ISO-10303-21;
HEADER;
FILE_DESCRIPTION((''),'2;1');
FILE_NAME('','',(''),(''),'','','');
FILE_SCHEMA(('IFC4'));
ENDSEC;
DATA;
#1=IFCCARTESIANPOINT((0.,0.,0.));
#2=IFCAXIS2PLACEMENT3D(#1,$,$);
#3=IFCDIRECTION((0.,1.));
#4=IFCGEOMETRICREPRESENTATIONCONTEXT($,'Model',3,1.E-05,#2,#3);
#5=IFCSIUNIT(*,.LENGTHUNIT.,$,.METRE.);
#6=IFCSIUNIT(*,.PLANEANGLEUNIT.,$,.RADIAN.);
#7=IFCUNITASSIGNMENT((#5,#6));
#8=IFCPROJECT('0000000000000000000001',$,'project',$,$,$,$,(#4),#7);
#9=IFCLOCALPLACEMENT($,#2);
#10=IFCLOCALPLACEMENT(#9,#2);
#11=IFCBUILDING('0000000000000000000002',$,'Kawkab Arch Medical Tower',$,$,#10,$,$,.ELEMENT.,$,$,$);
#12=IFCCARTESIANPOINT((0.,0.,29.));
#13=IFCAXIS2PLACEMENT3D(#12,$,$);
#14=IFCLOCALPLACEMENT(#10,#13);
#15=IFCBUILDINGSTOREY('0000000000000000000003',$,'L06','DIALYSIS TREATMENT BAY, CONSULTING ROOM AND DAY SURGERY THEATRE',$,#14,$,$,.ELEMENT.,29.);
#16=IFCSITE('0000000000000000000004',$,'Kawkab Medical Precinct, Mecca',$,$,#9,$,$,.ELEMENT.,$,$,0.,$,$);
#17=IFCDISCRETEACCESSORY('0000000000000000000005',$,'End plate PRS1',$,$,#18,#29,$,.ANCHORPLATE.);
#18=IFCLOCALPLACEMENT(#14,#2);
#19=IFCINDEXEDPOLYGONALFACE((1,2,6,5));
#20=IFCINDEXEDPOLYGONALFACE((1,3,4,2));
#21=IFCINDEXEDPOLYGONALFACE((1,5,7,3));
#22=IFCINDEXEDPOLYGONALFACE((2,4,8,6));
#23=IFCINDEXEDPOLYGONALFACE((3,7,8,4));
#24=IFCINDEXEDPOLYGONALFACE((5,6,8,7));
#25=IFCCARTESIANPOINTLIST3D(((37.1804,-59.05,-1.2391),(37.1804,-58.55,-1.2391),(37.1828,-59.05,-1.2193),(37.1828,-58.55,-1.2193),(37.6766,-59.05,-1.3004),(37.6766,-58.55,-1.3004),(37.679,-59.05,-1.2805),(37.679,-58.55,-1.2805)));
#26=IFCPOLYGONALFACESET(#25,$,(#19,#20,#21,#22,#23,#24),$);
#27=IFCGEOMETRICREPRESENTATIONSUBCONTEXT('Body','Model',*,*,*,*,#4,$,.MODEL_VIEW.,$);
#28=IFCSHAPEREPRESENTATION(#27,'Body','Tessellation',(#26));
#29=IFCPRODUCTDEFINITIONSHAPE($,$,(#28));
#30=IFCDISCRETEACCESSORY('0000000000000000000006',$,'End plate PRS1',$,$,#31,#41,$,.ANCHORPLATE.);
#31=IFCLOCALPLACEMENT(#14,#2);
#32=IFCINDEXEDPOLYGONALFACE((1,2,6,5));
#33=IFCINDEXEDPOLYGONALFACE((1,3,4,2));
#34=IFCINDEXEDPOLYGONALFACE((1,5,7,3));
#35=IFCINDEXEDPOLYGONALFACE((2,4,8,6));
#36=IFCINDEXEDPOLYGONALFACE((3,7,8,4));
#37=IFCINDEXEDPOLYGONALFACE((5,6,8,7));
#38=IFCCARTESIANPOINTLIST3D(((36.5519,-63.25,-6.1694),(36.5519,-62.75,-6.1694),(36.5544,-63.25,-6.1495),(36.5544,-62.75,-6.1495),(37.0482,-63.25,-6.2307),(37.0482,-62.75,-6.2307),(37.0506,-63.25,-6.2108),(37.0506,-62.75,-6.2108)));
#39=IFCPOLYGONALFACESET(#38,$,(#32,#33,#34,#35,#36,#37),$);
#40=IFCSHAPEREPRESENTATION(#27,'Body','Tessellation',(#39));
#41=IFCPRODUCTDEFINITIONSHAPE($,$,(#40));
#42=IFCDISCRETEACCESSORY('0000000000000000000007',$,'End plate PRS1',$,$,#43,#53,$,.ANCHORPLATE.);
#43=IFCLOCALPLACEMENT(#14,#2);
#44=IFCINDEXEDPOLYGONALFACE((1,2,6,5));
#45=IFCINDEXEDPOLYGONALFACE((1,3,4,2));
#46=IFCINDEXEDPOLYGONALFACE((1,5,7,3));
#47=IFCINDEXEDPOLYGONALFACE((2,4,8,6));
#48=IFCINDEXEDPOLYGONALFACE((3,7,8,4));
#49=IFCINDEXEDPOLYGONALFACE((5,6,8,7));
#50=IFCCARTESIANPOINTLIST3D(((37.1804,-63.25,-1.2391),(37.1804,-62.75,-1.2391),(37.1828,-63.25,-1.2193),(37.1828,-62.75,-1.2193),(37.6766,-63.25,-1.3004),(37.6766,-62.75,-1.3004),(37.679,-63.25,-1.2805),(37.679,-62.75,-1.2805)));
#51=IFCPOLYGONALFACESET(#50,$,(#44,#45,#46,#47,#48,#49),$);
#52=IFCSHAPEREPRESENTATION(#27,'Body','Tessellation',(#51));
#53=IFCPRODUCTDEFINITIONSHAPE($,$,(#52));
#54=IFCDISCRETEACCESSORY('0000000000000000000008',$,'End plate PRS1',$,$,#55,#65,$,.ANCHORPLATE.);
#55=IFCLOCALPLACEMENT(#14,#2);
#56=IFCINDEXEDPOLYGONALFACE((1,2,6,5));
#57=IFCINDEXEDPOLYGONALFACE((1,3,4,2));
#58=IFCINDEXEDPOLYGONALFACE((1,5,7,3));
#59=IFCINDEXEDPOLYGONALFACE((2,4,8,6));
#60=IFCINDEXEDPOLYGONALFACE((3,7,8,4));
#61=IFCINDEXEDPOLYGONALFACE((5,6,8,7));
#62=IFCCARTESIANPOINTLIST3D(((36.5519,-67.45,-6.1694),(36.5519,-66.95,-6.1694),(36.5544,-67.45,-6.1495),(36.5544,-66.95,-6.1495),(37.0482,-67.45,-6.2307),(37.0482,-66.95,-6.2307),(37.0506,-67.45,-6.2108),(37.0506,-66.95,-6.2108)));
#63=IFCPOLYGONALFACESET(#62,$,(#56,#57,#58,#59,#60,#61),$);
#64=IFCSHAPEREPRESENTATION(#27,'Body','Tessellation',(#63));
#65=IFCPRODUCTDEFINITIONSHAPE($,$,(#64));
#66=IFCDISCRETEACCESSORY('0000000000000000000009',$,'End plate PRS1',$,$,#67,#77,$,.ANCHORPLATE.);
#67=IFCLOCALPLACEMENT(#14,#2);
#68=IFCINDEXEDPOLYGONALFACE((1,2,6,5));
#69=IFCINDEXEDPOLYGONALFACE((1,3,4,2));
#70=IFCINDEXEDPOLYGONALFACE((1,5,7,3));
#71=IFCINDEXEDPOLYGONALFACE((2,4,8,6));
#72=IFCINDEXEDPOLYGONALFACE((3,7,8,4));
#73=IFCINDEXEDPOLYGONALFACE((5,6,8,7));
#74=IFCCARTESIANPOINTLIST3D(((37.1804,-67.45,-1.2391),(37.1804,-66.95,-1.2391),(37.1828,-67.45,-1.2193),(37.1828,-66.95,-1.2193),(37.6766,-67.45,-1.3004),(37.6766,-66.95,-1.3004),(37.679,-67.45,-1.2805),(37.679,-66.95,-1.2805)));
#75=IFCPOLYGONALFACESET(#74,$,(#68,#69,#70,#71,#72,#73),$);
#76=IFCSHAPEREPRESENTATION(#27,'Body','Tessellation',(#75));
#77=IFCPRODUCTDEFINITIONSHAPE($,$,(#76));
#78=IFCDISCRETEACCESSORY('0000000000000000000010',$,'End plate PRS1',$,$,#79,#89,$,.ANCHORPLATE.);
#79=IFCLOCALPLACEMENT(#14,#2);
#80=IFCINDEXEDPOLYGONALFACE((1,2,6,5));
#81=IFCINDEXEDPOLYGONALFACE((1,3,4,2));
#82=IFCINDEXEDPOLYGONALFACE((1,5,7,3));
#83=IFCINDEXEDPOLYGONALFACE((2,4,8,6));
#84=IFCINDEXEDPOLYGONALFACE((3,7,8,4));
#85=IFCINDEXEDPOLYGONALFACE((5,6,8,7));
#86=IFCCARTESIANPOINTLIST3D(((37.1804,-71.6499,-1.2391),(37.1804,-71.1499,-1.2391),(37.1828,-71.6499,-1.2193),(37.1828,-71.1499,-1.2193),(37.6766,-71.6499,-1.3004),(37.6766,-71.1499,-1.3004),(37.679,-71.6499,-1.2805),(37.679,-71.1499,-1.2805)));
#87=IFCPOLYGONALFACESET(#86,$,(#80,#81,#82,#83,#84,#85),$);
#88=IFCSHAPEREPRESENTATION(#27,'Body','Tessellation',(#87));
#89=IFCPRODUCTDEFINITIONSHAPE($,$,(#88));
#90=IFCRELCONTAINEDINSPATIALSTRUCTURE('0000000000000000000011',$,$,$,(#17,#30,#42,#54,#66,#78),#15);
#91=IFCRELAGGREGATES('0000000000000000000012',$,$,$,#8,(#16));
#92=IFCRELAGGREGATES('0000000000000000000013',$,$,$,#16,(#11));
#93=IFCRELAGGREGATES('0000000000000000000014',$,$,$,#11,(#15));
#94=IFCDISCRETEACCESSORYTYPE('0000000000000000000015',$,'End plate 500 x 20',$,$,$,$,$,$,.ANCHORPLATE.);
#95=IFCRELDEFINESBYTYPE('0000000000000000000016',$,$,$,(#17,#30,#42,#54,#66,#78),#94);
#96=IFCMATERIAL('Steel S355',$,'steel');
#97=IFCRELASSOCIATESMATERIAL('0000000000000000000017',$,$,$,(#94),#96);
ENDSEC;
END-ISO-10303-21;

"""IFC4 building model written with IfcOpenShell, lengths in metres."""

from ifc_helpers import new_model, si_unit, direction, frame, origin, origin_2d, place, context, subcontext, project, spatial, rectangle, extrude, material, material_profile, profile_set, type_object, element, save


model = new_model("IFC4")

# Units and contexts
model_context = context("Model", 3, precision=1e-05, world=origin(), true_north=direction((0.0, 1.0)))
body_context = subcontext(model_context, "Body", "Model", "MODEL_VIEW")
ifc_project = project(units=[si_unit("LENGTHUNIT", "METRE"), si_unit("PLANEANGLEUNIT", "RADIAN")], contexts=[model_context])

# Site, building, storey
site_placement = place(None, origin())
site = spatial("IfcSite", under=ifc_project, at=site_placement, Name="Kawkab Medical Precinct, Mecca", CompositionType="ELEMENT", RefElevation=0.0)
building_placement = place(site_placement, origin())
building = spatial("IfcBuilding", under=site, at=building_placement, Name="Kawkab Arch Medical Tower", CompositionType="ELEMENT")
storey_placement = place(building_placement, frame((0.0, 0.0, 29.0)))
storey = spatial("IfcBuildingStorey", under=building, at=storey_placement, Name="L06", Description="DIALYSIS TREATMENT BAY, CONSULTING ROOM AND DAY SURGERY THEATRE", CompositionType="ELEMENT", Elevation=29.0)

# Discrete accessories
ifc_material_1 = material(Name="Steel S355", Category="steel")
ifc_material_profile_1 = material_profile(ifc_material_1, rectangle(XDim=0.5, YDim=0.5, at=origin_2d()), Name="End plate 500 x 20")
ifc_profile_set_1 = profile_set([ifc_material_profile_1], Name="Steel S355")
discrete_accessory_type = type_object("IfcDiscreteAccessoryType", Name="End plate 500 x 20", PredefinedType="ANCHORPLATE", material=ifc_profile_set_1)
for number, where, z_axis, x_axis, name in (
    (1, (37.4285, -58.8, -1.2698), (0.122527, 0.0, 0.992465), (0.0, 1.0, 0.0), "End plate PRS1"),
    (2, (36.8025, -63.0, -6.1802), (-0.122527, 0.0, -0.992465), (0.0, -1.0, 0.0), "End plate PRS1"),
    (3, (37.4285, -63.0, -1.2698), (0.122527, 0.0, 0.992465), (0.0, 1.0, 0.0), "End plate PRS1"),
    (4, (36.8025, -67.2, -6.1802), (-0.122527, 0.0, -0.992465), (0.0, -1.0, 0.0), "End plate PRS1"),
    (5, (37.4285, -67.2, -1.2698), (0.122527, 0.0, 0.992465), (0.0, 1.0, 0.0), "End plate PRS1"),
    (6, (37.4285, -71.3999, -1.2698), (0.122527, 0.0, 0.992465), (0.0, 1.0, 0.0), "End plate PRS1"),
):
    element("IfcDiscreteAccessory", number, at=place(storey_placement, frame(where, z_axis=z_axis, x_axis=x_axis)), inside=storey, type_object=discrete_accessory_type, Name=name, PredefinedType="ANCHORPLATE", context=body_context, shape_type="SweptSolid", body=[
        extrude(rectangle(XDim=0.5, YDim=0.5, at=origin_2d()), origin(), (0.0, 0.0, 1.0), 0.02),
    ])

save(model, "model.ifc")
